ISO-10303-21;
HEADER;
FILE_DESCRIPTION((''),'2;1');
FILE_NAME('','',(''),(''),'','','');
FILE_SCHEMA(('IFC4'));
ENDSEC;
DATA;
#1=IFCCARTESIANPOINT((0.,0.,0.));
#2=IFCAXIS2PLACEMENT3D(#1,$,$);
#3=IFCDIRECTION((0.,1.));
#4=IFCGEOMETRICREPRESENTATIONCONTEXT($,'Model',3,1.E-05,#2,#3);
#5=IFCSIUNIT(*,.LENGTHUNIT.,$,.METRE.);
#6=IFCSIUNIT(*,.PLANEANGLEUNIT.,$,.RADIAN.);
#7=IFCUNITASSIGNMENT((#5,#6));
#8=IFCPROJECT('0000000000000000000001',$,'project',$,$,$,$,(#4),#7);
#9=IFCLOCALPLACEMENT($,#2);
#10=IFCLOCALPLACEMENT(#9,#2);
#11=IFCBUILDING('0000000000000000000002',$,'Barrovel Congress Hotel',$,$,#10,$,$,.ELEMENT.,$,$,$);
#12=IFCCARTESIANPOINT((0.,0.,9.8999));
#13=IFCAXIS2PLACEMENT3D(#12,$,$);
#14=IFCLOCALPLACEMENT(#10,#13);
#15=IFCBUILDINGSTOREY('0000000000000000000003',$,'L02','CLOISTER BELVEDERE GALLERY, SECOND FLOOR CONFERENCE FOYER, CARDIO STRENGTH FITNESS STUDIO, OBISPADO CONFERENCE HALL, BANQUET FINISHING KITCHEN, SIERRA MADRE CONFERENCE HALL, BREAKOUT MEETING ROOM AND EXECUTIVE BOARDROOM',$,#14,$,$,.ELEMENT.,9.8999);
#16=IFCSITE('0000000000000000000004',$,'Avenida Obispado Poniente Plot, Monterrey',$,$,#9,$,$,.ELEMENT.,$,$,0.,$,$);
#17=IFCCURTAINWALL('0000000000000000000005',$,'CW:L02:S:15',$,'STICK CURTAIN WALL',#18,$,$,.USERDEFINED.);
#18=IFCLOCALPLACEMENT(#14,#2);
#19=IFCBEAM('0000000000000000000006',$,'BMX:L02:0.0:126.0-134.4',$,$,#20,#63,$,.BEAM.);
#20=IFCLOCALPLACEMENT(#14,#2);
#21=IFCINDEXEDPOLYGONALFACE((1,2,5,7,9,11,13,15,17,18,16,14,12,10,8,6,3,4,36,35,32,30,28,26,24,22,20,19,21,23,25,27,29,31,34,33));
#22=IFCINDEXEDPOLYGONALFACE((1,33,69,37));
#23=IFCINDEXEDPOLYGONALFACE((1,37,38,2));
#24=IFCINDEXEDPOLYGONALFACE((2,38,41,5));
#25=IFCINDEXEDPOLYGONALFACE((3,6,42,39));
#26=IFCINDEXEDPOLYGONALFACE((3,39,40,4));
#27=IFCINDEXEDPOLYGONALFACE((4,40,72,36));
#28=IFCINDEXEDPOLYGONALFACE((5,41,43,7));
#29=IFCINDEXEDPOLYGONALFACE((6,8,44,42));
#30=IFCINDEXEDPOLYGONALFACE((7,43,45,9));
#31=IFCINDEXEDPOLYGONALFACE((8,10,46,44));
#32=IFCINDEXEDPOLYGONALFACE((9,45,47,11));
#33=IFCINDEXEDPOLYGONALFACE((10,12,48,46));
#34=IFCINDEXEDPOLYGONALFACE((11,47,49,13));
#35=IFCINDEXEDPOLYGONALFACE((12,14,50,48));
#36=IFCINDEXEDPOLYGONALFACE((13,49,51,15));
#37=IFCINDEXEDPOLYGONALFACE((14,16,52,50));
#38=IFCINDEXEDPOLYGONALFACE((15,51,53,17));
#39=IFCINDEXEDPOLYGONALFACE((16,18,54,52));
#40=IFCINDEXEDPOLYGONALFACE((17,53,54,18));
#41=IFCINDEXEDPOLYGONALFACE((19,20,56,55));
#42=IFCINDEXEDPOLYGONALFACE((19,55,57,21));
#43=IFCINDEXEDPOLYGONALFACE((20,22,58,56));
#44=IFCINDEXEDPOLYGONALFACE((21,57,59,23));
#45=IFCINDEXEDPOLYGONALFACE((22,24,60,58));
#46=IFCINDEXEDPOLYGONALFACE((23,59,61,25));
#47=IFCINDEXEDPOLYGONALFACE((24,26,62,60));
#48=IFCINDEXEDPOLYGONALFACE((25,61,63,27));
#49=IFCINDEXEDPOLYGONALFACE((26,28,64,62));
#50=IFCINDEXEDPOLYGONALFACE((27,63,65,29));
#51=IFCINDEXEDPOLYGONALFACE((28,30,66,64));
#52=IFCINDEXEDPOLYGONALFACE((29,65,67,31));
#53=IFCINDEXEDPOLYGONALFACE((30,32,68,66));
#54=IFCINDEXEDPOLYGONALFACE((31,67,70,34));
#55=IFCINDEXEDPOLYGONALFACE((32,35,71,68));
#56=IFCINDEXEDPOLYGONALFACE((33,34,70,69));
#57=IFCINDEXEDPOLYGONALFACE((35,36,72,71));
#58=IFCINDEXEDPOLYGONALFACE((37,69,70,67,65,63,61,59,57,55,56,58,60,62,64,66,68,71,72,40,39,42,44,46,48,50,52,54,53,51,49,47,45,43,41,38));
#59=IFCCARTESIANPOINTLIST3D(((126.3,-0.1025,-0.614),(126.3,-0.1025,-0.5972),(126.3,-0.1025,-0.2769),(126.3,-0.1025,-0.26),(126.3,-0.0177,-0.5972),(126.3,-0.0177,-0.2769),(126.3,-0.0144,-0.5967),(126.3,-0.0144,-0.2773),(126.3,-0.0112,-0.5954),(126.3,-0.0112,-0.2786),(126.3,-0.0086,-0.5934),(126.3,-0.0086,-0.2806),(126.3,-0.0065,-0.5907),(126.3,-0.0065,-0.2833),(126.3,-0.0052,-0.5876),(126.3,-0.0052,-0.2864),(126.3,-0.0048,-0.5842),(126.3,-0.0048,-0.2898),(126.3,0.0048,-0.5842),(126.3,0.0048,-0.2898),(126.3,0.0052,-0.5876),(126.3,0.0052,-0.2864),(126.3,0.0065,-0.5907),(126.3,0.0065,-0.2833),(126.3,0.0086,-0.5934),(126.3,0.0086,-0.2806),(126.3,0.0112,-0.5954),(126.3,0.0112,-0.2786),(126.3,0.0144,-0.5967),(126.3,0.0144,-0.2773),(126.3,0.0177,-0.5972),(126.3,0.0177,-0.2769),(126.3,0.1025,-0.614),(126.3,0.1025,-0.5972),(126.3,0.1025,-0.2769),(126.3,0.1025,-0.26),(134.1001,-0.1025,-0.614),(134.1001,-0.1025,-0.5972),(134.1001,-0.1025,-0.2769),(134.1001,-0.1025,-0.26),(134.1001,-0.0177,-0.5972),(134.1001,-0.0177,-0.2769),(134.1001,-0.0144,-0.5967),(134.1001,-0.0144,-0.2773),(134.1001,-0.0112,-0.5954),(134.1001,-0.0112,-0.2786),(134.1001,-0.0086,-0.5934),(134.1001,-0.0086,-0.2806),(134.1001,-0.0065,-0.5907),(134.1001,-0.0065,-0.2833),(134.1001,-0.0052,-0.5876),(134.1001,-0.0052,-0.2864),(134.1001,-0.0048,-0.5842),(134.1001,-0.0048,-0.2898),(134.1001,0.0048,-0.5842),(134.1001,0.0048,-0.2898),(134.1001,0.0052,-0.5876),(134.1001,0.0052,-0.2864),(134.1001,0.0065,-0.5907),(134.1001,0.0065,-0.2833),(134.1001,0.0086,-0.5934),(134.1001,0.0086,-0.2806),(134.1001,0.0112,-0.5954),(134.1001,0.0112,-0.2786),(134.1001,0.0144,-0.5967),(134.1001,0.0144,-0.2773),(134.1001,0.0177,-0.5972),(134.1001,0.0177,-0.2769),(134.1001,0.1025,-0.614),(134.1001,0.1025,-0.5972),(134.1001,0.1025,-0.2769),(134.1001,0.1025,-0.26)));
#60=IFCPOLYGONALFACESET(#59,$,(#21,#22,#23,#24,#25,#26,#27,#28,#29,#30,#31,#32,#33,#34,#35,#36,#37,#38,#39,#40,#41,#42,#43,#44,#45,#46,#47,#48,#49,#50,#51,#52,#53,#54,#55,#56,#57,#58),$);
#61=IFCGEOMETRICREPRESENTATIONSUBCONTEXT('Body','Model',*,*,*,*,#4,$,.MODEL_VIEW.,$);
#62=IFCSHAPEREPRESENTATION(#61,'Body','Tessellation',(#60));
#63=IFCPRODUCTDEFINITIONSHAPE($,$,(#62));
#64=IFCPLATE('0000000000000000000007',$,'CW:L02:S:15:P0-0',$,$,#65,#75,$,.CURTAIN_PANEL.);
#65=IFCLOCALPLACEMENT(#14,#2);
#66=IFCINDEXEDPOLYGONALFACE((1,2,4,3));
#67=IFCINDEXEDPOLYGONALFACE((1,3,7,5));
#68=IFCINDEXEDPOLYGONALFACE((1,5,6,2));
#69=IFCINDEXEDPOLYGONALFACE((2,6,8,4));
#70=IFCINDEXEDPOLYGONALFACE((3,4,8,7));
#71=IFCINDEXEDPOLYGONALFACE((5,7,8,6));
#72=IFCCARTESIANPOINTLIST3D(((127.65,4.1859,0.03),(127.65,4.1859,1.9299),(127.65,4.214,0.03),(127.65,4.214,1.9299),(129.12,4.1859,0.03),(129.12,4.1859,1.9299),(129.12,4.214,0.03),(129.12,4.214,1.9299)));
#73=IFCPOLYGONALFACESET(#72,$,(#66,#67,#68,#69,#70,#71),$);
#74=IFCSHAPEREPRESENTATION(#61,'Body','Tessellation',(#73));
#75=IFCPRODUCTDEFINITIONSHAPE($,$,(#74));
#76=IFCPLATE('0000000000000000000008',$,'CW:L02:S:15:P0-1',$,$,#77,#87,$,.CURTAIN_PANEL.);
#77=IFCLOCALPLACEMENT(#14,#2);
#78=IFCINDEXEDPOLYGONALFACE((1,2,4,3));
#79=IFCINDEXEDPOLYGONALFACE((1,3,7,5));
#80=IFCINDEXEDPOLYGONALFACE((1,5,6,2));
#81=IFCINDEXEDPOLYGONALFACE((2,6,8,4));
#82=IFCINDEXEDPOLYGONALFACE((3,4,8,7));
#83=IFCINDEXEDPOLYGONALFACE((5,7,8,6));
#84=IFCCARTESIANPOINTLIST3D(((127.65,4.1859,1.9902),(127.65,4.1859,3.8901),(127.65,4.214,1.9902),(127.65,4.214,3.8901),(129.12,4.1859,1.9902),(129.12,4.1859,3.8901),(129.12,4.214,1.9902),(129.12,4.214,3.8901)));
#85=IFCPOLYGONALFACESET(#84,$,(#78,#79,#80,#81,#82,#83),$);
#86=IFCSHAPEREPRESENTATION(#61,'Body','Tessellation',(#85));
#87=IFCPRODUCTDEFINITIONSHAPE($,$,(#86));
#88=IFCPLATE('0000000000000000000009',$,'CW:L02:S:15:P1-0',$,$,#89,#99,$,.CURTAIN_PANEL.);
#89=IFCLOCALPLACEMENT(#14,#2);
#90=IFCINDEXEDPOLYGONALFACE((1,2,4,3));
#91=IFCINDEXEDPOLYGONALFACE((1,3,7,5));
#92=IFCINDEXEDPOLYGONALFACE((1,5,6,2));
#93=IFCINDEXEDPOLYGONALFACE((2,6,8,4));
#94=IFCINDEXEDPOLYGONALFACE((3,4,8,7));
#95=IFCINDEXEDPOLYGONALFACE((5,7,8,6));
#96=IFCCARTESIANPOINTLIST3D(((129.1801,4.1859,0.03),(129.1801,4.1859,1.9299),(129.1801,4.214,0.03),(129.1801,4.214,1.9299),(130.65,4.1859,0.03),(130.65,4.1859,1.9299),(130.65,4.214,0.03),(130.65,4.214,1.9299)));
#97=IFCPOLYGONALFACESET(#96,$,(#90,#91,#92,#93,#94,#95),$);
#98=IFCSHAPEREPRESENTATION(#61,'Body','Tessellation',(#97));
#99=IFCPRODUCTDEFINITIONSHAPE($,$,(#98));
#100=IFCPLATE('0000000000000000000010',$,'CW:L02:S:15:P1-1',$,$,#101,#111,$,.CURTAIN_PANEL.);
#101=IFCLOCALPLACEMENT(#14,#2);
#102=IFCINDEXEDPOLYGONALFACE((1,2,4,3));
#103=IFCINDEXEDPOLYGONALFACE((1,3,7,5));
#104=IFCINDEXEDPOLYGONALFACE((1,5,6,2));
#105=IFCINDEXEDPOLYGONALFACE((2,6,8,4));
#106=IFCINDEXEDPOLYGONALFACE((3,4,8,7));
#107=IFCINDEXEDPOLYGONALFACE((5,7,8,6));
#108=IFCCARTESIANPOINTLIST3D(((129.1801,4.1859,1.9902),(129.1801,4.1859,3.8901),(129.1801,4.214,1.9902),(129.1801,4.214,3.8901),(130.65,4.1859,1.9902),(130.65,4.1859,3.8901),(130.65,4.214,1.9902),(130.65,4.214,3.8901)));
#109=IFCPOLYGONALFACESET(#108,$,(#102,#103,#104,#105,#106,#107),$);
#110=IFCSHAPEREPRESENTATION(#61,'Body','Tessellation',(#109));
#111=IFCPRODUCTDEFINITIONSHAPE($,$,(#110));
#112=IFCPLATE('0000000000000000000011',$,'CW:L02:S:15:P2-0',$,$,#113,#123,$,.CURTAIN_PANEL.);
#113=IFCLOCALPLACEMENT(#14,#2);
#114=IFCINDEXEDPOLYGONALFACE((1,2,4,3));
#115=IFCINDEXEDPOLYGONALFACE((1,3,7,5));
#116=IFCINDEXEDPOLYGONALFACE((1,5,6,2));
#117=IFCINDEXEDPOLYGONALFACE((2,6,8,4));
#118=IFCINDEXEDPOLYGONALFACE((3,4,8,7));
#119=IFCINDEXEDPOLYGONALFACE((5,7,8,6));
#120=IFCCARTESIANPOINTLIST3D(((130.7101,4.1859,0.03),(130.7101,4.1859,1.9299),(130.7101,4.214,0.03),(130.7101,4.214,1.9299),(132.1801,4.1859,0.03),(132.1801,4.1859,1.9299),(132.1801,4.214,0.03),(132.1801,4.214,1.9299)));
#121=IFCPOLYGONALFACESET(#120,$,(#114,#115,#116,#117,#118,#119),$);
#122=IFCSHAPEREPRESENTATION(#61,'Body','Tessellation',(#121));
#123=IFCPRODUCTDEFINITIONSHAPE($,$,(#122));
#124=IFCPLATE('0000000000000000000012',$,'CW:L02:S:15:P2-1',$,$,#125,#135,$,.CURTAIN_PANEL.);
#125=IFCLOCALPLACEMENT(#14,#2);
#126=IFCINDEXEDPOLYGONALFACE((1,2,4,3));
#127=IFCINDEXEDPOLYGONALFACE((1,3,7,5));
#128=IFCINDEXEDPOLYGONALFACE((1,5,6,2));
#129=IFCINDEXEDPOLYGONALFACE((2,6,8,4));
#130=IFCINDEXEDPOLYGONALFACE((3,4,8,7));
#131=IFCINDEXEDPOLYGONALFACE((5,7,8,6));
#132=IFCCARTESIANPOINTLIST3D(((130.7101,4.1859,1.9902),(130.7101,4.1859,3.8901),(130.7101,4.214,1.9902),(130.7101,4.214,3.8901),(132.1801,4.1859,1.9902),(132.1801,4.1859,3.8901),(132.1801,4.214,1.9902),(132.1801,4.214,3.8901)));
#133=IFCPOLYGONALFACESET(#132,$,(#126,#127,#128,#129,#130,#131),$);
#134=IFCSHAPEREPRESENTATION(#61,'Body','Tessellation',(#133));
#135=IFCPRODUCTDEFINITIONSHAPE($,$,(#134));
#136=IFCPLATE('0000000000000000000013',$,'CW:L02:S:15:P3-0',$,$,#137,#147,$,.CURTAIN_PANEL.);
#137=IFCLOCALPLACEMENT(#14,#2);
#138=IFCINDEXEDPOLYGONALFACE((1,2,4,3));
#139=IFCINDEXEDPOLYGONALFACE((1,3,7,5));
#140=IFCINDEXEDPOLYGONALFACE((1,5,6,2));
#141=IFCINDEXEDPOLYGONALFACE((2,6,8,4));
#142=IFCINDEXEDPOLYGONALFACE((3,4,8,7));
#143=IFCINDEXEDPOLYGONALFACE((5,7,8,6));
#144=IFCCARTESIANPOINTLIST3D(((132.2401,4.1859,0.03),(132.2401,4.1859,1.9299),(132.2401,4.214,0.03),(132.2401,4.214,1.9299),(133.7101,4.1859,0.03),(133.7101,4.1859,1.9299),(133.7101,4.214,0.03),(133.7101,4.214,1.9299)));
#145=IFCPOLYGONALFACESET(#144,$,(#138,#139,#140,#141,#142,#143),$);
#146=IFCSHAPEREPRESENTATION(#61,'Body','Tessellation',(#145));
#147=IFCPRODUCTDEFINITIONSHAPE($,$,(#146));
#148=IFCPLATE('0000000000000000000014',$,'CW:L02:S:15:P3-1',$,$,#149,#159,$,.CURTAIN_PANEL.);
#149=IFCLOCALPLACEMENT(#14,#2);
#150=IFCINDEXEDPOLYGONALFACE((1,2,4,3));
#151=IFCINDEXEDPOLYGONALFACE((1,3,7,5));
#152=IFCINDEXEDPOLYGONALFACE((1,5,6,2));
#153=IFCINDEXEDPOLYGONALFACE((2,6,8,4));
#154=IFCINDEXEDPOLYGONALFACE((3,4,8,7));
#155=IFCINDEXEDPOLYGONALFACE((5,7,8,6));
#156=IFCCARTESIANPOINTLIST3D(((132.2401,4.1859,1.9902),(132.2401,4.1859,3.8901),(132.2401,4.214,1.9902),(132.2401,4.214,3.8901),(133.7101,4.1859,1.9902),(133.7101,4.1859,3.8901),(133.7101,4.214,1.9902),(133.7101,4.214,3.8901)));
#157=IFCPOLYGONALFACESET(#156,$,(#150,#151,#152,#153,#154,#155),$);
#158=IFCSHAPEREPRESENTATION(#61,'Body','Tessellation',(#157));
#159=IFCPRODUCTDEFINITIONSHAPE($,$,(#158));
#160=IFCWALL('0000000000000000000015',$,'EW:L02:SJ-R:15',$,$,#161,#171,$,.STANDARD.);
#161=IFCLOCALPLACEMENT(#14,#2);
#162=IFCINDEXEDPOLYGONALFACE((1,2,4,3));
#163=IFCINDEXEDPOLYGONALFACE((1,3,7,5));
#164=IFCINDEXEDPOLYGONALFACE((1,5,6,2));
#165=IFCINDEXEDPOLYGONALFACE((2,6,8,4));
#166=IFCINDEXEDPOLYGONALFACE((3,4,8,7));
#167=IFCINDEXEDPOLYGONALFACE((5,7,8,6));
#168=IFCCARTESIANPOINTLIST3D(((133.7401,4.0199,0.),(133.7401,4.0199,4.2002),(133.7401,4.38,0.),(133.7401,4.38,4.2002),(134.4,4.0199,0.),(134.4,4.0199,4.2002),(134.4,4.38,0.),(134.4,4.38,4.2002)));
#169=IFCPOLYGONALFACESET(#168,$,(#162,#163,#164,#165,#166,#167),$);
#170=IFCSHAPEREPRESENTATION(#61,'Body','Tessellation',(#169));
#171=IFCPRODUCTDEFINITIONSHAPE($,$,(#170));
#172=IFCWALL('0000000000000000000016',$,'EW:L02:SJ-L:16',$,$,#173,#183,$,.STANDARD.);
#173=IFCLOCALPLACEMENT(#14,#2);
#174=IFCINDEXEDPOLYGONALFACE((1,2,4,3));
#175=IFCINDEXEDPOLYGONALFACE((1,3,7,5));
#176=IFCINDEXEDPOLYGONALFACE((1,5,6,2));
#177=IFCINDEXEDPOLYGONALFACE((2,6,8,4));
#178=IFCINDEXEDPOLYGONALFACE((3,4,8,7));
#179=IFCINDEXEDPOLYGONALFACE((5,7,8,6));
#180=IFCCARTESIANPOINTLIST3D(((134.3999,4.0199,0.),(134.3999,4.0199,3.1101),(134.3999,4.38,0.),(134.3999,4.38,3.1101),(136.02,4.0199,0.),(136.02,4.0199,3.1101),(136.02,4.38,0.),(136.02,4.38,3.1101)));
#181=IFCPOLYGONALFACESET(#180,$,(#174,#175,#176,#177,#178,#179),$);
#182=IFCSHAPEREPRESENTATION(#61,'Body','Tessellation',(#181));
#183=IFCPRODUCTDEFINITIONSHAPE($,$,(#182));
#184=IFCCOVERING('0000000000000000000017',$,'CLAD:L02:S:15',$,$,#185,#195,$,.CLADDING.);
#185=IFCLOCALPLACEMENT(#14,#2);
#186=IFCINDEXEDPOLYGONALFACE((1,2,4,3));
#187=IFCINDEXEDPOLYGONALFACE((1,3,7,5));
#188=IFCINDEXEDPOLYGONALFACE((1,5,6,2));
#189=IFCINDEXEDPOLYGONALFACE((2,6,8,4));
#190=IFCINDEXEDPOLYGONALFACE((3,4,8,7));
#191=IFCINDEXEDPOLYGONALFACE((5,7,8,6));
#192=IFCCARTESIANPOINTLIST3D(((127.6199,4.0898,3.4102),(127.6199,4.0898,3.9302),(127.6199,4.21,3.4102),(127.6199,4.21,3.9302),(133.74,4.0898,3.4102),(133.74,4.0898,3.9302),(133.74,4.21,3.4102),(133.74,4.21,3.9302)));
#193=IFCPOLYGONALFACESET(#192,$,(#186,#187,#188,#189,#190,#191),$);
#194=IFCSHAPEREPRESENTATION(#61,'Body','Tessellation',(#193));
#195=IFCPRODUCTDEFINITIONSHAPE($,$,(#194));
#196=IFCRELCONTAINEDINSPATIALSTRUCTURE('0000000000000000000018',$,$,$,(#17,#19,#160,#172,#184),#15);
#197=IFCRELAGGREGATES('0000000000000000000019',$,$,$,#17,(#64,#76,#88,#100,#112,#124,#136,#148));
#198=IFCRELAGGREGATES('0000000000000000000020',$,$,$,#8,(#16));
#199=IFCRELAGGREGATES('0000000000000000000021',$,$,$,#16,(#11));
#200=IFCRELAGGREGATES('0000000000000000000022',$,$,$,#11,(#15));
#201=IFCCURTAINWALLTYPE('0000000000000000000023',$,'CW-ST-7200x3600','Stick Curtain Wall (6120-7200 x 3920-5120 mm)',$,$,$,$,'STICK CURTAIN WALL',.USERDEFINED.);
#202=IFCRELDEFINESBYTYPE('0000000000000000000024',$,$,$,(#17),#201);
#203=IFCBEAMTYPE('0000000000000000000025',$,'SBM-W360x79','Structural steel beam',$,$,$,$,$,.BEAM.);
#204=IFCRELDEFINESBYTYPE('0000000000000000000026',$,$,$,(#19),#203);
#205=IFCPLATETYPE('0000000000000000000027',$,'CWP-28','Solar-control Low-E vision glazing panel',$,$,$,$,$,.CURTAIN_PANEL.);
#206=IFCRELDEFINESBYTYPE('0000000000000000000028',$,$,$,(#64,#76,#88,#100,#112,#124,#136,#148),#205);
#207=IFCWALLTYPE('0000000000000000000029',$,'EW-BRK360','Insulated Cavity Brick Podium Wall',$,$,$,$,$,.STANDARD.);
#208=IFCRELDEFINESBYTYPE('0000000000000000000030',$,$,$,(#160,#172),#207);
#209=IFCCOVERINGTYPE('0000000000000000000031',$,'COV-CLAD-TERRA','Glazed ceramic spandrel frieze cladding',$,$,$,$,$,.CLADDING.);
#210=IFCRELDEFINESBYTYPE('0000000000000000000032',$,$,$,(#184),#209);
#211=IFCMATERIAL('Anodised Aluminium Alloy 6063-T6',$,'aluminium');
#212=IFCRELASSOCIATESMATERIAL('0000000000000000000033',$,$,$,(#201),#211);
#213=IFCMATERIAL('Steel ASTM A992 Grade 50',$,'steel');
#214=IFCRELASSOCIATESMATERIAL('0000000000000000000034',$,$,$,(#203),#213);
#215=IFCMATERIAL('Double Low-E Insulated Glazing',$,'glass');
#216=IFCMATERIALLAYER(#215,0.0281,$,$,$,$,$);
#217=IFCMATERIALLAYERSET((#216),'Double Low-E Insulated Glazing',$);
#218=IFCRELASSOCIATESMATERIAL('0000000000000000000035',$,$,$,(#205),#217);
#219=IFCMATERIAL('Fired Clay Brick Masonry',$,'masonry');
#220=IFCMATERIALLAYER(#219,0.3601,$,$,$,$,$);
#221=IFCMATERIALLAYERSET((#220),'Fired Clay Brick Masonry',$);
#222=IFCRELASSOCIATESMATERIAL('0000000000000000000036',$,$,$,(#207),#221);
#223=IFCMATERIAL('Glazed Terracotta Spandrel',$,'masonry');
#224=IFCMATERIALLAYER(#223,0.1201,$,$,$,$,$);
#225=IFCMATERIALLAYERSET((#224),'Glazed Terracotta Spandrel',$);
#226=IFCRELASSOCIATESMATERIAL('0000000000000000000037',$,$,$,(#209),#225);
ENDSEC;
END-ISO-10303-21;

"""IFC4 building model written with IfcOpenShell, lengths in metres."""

from ifc_helpers import new_model, si_unit, direction, frame, frame_2d, origin, origin_2d, place, context, subcontext, project, spatial, rectangle, i_section, extrude, material, layer, layer_set, material_profile, profile_set, type_object, element, aggregate, save


model = new_model("IFC4")

# Units and contexts
model_context = context("Model", 3, precision=1e-05, world=origin(), true_north=direction((0.0, 1.0)))
body_context = subcontext(model_context, "Body", "Model", "MODEL_VIEW")
ifc_project = project(units=[si_unit("LENGTHUNIT", "METRE"), si_unit("PLANEANGLEUNIT", "RADIAN")], contexts=[model_context])

# Site, building, storey
site_placement = place(None, origin())
site = spatial("IfcSite", under=ifc_project, at=site_placement, Name="Avenida Obispado Poniente Plot, Monterrey", CompositionType="ELEMENT", RefElevation=0.0)
building_placement = place(site_placement, origin())
building = spatial("IfcBuilding", under=site, at=building_placement, Name="Barrovel Congress Hotel", CompositionType="ELEMENT")
storey_placement = place(building_placement, frame((0.0, 0.0, 9.8999)))
storey = spatial("IfcBuildingStorey", under=building, at=storey_placement, Name="L02", Description="CLOISTER BELVEDERE GALLERY, SECOND FLOOR CONFERENCE FOYER, CARDIO STRENGTH FITNESS STUDIO, OBISPADO CONFERENCE HALL, BANQUET FINISHING KITCHEN, SIERRA MADRE CONFERENCE HALL, BREAKOUT MEETING ROOM AND EXECUTIVE BOARDROOM", CompositionType="ELEMENT", Elevation=9.8999)

# Curtain wall
ifc_material_1 = material(Name="Anodised Aluminium Alloy 6063-T6", Category="aluminium")
curtain_wall_type = type_object("IfcCurtainWallType", Name="CW-ST-7200x3600", Description="Stick Curtain Wall (6120-7200 x 3920-5120 mm)", ElementType="STICK CURTAIN WALL", PredefinedType="USERDEFINED", material=ifc_material_1)
curtain_wall_placement = place(storey_placement, origin())
curtain_wall = element("IfcCurtainWall", 1, at=curtain_wall_placement, inside=storey, type_object=curtain_wall_type, Name="CW:L02:S:15", ObjectType="STICK CURTAIN WALL", PredefinedType="USERDEFINED")

# Beam
ifc_material_2 = material(Name="Steel ASTM A992 Grade 50", Category="steel")
ifc_material_profile_1 = material_profile(ifc_material_2, i_section(OverallWidth=0.2051, OverallDepth=0.354, WebThickness=0.0095, FlangeThickness=0.0168, FilletRadius=0.0129, at=origin_2d()), Name="W360x79")
ifc_profile_set_1 = profile_set([ifc_material_profile_1], Name="Steel ASTM A992 Grade 50")
beam_type_1 = type_object("IfcBeamType", Name="SBM-W360x79", Description="Structural steel beam", PredefinedType="BEAM", material=ifc_profile_set_1)
beam_1_placement = place(storey_placement, frame((126.3, 0.0, -0.437), z_axis=(1.0, 0.0, 0.0), x_axis=(0.0, 1.0, 0.0)))
element("IfcBeam", 2, at=beam_1_placement, inside=storey, type_object=beam_type_1, Name="BMX:L02:0.0:126.0-134.4", PredefinedType="BEAM", context=body_context, shape_type="SweptSolid", body=[
    extrude(i_section(OverallWidth=0.2051, OverallDepth=0.354, WebThickness=0.0095, FlangeThickness=0.0168, FilletRadius=0.0129, at=origin_2d()), origin(), (0.0, 0.0, 1.0), 7.8),
])

# Plates
ifc_material_3 = material(Name="Double Low-E Insulated Glazing", Category="glass")
ifc_layer_1 = layer(ifc_material_3, 0.0281)
ifc_layer_set_1 = layer_set([ifc_layer_1], Name="Double Low-E Insulated Glazing")
plate_type = type_object("IfcPlateType", Name="CWP-28", Description="Solar-control Low-E vision glazing panel", PredefinedType="CURTAIN_PANEL", material=ifc_layer_set_1)
plate_1_placement = place(storey_placement, frame((128.385, 4.2, 0.03), z_axis=(0.0, 0.0, 1.0), x_axis=(1.0, 0.0, 0.0)))
plate_1 = element("IfcPlate", 3, at=plate_1_placement, type_object=plate_type, Name="CW:L02:S:15:P0-0", PredefinedType="CURTAIN_PANEL", context=body_context, shape_type="SweptSolid", body=[
    extrude(rectangle(XDim=1.47, YDim=0.0281, at=origin_2d()), origin(), (0.0, 0.0, 1.0), 1.8999),
])
plate_2_placement = place(storey_placement, frame((128.385, 4.2, 1.9902), z_axis=(0.0, 0.0, 1.0), x_axis=(1.0, 0.0, 0.0)))
plate_2 = element("IfcPlate", 4, at=plate_2_placement, type_object=plate_type, Name="CW:L02:S:15:P0-1", PredefinedType="CURTAIN_PANEL", context=body_context, shape_type="SweptSolid", body=[
    extrude(rectangle(XDim=1.47, YDim=0.0281, at=origin_2d()), origin(), (0.0, 0.0, 1.0), 1.8999),
])
plate_3_placement = place(storey_placement, frame((129.915, 4.2, 0.03), z_axis=(0.0, 0.0, 1.0), x_axis=(1.0, 0.0, 0.0)))
plate_3 = element("IfcPlate", 5, at=plate_3_placement, type_object=plate_type, Name="CW:L02:S:15:P1-0", PredefinedType="CURTAIN_PANEL", context=body_context, shape_type="SweptSolid", body=[
    extrude(rectangle(XDim=1.47, YDim=0.0281, at=origin_2d()), origin(), (0.0, 0.0, 1.0), 1.8999),
])
plate_4_placement = place(storey_placement, frame((129.915, 4.2, 1.9902), z_axis=(0.0, 0.0, 1.0), x_axis=(1.0, 0.0, 0.0)))
plate_4 = element("IfcPlate", 6, at=plate_4_placement, type_object=plate_type, Name="CW:L02:S:15:P1-1", PredefinedType="CURTAIN_PANEL", context=body_context, shape_type="SweptSolid", body=[
    extrude(rectangle(XDim=1.47, YDim=0.0281, at=origin_2d()), origin(), (0.0, 0.0, 1.0), 1.8999),
])
plate_5_placement = place(storey_placement, frame((131.4451, 4.2, 0.03), z_axis=(0.0, 0.0, 1.0), x_axis=(1.0, 0.0, 0.0)))
plate_5 = element("IfcPlate", 7, at=plate_5_placement, type_object=plate_type, Name="CW:L02:S:15:P2-0", PredefinedType="CURTAIN_PANEL", context=body_context, shape_type="SweptSolid", body=[
    extrude(rectangle(XDim=1.47, YDim=0.0281, at=origin_2d()), origin(), (0.0, 0.0, 1.0), 1.8999),
])
plate_6_placement = place(storey_placement, frame((131.4451, 4.2, 1.9902), z_axis=(0.0, 0.0, 1.0), x_axis=(1.0, 0.0, 0.0)))
plate_6 = element("IfcPlate", 8, at=plate_6_placement, type_object=plate_type, Name="CW:L02:S:15:P2-1", PredefinedType="CURTAIN_PANEL", context=body_context, shape_type="SweptSolid", body=[
    extrude(rectangle(XDim=1.47, YDim=0.0281, at=origin_2d()), origin(), (0.0, 0.0, 1.0), 1.8999),
])
plate_7_placement = place(storey_placement, frame((132.9751, 4.2, 0.03), z_axis=(0.0, 0.0, 1.0), x_axis=(1.0, 0.0, 0.0)))
plate_7 = element("IfcPlate", 9, at=plate_7_placement, type_object=plate_type, Name="CW:L02:S:15:P3-0", PredefinedType="CURTAIN_PANEL", context=body_context, shape_type="SweptSolid", body=[
    extrude(rectangle(XDim=1.47, YDim=0.0281, at=origin_2d()), origin(), (0.0, 0.0, 1.0), 1.8999),
])
plate_8_placement = place(storey_placement, frame((132.9751, 4.2, 1.9902), z_axis=(0.0, 0.0, 1.0), x_axis=(1.0, 0.0, 0.0)))
plate_8 = element("IfcPlate", 10, at=plate_8_placement, type_object=plate_type, Name="CW:L02:S:15:P3-1", PredefinedType="CURTAIN_PANEL", context=body_context, shape_type="SweptSolid", body=[
    extrude(rectangle(XDim=1.47, YDim=0.0281, at=origin_2d()), origin(), (0.0, 0.0, 1.0), 1.8999),
])
aggregate(curtain_wall, [plate_1, plate_2, plate_3, plate_4, plate_5, plate_6, plate_7, plate_8])

# Walls
ifc_material_4 = material(Name="Fired Clay Brick Masonry", Category="masonry")
ifc_layer_2 = layer(ifc_material_4, 0.3601)
ifc_layer_set_2 = layer_set([ifc_layer_2], Name="Fired Clay Brick Masonry")
wall_type = type_object("IfcWallType", Name="EW-BRK360", Description="Insulated Cavity Brick Podium Wall", PredefinedType="STANDARD", material=ifc_layer_set_2)
wall_1_placement = place(storey_placement, frame((133.74, 4.2, 0.0), z_axis=(0.0, 0.0, 1.0), x_axis=(1.0, 0.0, 0.0)))
element("IfcWall", 11, at=wall_1_placement, inside=storey, type_object=wall_type, Name="EW:L02:SJ-R:15", PredefinedType="STANDARD", context=body_context, shape_type="SweptSolid", body=[
    extrude(rectangle(XDim=0.6599, YDim=0.3601, at=frame_2d((0.3301, 0.0))), origin(), (0.0, 0.0, 1.0), 4.2002),
])
wall_2_placement = place(storey_placement, frame((134.3999, 4.2, 0.0), z_axis=(0.0, 0.0, 1.0), x_axis=(1.0, 0.0, 0.0)))
element("IfcWall", 12, at=wall_2_placement, inside=storey, type_object=wall_type, Name="EW:L02:SJ-L:16", PredefinedType="STANDARD", context=body_context, shape_type="SweptSolid", body=[
    extrude(rectangle(XDim=1.6201, YDim=0.3601, at=frame_2d((0.8101, 0.0))), origin(), (0.0, 0.0, 1.0), 3.1101),
])

# Covering
ifc_material_5 = material(Name="Glazed Terracotta Spandrel", Category="masonry")
ifc_layer_3 = layer(ifc_material_5, 0.1201)
ifc_layer_set_3 = layer_set([ifc_layer_3], Name="Glazed Terracotta Spandrel")
covering_type = type_object("IfcCoveringType", Name="COV-CLAD-TERRA", Description="Glazed ceramic spandrel frieze cladding", PredefinedType="CLADDING", material=ifc_layer_set_3)
covering_placement = place(storey_placement, frame((130.6799, 4.1499, 3.4102), z_axis=(0.0, 0.0, 1.0), x_axis=(1.0, 0.0, 0.0)))
element("IfcCovering", 13, at=covering_placement, inside=storey, type_object=covering_type, Name="CLAD:L02:S:15", PredefinedType="CLADDING", context=body_context, shape_type="SweptSolid", body=[
    extrude(rectangle(XDim=6.1201, YDim=0.1201, at=origin_2d()), origin(), (0.0, 0.0, 1.0), 0.52),
])

save(model, "model.ifc")
